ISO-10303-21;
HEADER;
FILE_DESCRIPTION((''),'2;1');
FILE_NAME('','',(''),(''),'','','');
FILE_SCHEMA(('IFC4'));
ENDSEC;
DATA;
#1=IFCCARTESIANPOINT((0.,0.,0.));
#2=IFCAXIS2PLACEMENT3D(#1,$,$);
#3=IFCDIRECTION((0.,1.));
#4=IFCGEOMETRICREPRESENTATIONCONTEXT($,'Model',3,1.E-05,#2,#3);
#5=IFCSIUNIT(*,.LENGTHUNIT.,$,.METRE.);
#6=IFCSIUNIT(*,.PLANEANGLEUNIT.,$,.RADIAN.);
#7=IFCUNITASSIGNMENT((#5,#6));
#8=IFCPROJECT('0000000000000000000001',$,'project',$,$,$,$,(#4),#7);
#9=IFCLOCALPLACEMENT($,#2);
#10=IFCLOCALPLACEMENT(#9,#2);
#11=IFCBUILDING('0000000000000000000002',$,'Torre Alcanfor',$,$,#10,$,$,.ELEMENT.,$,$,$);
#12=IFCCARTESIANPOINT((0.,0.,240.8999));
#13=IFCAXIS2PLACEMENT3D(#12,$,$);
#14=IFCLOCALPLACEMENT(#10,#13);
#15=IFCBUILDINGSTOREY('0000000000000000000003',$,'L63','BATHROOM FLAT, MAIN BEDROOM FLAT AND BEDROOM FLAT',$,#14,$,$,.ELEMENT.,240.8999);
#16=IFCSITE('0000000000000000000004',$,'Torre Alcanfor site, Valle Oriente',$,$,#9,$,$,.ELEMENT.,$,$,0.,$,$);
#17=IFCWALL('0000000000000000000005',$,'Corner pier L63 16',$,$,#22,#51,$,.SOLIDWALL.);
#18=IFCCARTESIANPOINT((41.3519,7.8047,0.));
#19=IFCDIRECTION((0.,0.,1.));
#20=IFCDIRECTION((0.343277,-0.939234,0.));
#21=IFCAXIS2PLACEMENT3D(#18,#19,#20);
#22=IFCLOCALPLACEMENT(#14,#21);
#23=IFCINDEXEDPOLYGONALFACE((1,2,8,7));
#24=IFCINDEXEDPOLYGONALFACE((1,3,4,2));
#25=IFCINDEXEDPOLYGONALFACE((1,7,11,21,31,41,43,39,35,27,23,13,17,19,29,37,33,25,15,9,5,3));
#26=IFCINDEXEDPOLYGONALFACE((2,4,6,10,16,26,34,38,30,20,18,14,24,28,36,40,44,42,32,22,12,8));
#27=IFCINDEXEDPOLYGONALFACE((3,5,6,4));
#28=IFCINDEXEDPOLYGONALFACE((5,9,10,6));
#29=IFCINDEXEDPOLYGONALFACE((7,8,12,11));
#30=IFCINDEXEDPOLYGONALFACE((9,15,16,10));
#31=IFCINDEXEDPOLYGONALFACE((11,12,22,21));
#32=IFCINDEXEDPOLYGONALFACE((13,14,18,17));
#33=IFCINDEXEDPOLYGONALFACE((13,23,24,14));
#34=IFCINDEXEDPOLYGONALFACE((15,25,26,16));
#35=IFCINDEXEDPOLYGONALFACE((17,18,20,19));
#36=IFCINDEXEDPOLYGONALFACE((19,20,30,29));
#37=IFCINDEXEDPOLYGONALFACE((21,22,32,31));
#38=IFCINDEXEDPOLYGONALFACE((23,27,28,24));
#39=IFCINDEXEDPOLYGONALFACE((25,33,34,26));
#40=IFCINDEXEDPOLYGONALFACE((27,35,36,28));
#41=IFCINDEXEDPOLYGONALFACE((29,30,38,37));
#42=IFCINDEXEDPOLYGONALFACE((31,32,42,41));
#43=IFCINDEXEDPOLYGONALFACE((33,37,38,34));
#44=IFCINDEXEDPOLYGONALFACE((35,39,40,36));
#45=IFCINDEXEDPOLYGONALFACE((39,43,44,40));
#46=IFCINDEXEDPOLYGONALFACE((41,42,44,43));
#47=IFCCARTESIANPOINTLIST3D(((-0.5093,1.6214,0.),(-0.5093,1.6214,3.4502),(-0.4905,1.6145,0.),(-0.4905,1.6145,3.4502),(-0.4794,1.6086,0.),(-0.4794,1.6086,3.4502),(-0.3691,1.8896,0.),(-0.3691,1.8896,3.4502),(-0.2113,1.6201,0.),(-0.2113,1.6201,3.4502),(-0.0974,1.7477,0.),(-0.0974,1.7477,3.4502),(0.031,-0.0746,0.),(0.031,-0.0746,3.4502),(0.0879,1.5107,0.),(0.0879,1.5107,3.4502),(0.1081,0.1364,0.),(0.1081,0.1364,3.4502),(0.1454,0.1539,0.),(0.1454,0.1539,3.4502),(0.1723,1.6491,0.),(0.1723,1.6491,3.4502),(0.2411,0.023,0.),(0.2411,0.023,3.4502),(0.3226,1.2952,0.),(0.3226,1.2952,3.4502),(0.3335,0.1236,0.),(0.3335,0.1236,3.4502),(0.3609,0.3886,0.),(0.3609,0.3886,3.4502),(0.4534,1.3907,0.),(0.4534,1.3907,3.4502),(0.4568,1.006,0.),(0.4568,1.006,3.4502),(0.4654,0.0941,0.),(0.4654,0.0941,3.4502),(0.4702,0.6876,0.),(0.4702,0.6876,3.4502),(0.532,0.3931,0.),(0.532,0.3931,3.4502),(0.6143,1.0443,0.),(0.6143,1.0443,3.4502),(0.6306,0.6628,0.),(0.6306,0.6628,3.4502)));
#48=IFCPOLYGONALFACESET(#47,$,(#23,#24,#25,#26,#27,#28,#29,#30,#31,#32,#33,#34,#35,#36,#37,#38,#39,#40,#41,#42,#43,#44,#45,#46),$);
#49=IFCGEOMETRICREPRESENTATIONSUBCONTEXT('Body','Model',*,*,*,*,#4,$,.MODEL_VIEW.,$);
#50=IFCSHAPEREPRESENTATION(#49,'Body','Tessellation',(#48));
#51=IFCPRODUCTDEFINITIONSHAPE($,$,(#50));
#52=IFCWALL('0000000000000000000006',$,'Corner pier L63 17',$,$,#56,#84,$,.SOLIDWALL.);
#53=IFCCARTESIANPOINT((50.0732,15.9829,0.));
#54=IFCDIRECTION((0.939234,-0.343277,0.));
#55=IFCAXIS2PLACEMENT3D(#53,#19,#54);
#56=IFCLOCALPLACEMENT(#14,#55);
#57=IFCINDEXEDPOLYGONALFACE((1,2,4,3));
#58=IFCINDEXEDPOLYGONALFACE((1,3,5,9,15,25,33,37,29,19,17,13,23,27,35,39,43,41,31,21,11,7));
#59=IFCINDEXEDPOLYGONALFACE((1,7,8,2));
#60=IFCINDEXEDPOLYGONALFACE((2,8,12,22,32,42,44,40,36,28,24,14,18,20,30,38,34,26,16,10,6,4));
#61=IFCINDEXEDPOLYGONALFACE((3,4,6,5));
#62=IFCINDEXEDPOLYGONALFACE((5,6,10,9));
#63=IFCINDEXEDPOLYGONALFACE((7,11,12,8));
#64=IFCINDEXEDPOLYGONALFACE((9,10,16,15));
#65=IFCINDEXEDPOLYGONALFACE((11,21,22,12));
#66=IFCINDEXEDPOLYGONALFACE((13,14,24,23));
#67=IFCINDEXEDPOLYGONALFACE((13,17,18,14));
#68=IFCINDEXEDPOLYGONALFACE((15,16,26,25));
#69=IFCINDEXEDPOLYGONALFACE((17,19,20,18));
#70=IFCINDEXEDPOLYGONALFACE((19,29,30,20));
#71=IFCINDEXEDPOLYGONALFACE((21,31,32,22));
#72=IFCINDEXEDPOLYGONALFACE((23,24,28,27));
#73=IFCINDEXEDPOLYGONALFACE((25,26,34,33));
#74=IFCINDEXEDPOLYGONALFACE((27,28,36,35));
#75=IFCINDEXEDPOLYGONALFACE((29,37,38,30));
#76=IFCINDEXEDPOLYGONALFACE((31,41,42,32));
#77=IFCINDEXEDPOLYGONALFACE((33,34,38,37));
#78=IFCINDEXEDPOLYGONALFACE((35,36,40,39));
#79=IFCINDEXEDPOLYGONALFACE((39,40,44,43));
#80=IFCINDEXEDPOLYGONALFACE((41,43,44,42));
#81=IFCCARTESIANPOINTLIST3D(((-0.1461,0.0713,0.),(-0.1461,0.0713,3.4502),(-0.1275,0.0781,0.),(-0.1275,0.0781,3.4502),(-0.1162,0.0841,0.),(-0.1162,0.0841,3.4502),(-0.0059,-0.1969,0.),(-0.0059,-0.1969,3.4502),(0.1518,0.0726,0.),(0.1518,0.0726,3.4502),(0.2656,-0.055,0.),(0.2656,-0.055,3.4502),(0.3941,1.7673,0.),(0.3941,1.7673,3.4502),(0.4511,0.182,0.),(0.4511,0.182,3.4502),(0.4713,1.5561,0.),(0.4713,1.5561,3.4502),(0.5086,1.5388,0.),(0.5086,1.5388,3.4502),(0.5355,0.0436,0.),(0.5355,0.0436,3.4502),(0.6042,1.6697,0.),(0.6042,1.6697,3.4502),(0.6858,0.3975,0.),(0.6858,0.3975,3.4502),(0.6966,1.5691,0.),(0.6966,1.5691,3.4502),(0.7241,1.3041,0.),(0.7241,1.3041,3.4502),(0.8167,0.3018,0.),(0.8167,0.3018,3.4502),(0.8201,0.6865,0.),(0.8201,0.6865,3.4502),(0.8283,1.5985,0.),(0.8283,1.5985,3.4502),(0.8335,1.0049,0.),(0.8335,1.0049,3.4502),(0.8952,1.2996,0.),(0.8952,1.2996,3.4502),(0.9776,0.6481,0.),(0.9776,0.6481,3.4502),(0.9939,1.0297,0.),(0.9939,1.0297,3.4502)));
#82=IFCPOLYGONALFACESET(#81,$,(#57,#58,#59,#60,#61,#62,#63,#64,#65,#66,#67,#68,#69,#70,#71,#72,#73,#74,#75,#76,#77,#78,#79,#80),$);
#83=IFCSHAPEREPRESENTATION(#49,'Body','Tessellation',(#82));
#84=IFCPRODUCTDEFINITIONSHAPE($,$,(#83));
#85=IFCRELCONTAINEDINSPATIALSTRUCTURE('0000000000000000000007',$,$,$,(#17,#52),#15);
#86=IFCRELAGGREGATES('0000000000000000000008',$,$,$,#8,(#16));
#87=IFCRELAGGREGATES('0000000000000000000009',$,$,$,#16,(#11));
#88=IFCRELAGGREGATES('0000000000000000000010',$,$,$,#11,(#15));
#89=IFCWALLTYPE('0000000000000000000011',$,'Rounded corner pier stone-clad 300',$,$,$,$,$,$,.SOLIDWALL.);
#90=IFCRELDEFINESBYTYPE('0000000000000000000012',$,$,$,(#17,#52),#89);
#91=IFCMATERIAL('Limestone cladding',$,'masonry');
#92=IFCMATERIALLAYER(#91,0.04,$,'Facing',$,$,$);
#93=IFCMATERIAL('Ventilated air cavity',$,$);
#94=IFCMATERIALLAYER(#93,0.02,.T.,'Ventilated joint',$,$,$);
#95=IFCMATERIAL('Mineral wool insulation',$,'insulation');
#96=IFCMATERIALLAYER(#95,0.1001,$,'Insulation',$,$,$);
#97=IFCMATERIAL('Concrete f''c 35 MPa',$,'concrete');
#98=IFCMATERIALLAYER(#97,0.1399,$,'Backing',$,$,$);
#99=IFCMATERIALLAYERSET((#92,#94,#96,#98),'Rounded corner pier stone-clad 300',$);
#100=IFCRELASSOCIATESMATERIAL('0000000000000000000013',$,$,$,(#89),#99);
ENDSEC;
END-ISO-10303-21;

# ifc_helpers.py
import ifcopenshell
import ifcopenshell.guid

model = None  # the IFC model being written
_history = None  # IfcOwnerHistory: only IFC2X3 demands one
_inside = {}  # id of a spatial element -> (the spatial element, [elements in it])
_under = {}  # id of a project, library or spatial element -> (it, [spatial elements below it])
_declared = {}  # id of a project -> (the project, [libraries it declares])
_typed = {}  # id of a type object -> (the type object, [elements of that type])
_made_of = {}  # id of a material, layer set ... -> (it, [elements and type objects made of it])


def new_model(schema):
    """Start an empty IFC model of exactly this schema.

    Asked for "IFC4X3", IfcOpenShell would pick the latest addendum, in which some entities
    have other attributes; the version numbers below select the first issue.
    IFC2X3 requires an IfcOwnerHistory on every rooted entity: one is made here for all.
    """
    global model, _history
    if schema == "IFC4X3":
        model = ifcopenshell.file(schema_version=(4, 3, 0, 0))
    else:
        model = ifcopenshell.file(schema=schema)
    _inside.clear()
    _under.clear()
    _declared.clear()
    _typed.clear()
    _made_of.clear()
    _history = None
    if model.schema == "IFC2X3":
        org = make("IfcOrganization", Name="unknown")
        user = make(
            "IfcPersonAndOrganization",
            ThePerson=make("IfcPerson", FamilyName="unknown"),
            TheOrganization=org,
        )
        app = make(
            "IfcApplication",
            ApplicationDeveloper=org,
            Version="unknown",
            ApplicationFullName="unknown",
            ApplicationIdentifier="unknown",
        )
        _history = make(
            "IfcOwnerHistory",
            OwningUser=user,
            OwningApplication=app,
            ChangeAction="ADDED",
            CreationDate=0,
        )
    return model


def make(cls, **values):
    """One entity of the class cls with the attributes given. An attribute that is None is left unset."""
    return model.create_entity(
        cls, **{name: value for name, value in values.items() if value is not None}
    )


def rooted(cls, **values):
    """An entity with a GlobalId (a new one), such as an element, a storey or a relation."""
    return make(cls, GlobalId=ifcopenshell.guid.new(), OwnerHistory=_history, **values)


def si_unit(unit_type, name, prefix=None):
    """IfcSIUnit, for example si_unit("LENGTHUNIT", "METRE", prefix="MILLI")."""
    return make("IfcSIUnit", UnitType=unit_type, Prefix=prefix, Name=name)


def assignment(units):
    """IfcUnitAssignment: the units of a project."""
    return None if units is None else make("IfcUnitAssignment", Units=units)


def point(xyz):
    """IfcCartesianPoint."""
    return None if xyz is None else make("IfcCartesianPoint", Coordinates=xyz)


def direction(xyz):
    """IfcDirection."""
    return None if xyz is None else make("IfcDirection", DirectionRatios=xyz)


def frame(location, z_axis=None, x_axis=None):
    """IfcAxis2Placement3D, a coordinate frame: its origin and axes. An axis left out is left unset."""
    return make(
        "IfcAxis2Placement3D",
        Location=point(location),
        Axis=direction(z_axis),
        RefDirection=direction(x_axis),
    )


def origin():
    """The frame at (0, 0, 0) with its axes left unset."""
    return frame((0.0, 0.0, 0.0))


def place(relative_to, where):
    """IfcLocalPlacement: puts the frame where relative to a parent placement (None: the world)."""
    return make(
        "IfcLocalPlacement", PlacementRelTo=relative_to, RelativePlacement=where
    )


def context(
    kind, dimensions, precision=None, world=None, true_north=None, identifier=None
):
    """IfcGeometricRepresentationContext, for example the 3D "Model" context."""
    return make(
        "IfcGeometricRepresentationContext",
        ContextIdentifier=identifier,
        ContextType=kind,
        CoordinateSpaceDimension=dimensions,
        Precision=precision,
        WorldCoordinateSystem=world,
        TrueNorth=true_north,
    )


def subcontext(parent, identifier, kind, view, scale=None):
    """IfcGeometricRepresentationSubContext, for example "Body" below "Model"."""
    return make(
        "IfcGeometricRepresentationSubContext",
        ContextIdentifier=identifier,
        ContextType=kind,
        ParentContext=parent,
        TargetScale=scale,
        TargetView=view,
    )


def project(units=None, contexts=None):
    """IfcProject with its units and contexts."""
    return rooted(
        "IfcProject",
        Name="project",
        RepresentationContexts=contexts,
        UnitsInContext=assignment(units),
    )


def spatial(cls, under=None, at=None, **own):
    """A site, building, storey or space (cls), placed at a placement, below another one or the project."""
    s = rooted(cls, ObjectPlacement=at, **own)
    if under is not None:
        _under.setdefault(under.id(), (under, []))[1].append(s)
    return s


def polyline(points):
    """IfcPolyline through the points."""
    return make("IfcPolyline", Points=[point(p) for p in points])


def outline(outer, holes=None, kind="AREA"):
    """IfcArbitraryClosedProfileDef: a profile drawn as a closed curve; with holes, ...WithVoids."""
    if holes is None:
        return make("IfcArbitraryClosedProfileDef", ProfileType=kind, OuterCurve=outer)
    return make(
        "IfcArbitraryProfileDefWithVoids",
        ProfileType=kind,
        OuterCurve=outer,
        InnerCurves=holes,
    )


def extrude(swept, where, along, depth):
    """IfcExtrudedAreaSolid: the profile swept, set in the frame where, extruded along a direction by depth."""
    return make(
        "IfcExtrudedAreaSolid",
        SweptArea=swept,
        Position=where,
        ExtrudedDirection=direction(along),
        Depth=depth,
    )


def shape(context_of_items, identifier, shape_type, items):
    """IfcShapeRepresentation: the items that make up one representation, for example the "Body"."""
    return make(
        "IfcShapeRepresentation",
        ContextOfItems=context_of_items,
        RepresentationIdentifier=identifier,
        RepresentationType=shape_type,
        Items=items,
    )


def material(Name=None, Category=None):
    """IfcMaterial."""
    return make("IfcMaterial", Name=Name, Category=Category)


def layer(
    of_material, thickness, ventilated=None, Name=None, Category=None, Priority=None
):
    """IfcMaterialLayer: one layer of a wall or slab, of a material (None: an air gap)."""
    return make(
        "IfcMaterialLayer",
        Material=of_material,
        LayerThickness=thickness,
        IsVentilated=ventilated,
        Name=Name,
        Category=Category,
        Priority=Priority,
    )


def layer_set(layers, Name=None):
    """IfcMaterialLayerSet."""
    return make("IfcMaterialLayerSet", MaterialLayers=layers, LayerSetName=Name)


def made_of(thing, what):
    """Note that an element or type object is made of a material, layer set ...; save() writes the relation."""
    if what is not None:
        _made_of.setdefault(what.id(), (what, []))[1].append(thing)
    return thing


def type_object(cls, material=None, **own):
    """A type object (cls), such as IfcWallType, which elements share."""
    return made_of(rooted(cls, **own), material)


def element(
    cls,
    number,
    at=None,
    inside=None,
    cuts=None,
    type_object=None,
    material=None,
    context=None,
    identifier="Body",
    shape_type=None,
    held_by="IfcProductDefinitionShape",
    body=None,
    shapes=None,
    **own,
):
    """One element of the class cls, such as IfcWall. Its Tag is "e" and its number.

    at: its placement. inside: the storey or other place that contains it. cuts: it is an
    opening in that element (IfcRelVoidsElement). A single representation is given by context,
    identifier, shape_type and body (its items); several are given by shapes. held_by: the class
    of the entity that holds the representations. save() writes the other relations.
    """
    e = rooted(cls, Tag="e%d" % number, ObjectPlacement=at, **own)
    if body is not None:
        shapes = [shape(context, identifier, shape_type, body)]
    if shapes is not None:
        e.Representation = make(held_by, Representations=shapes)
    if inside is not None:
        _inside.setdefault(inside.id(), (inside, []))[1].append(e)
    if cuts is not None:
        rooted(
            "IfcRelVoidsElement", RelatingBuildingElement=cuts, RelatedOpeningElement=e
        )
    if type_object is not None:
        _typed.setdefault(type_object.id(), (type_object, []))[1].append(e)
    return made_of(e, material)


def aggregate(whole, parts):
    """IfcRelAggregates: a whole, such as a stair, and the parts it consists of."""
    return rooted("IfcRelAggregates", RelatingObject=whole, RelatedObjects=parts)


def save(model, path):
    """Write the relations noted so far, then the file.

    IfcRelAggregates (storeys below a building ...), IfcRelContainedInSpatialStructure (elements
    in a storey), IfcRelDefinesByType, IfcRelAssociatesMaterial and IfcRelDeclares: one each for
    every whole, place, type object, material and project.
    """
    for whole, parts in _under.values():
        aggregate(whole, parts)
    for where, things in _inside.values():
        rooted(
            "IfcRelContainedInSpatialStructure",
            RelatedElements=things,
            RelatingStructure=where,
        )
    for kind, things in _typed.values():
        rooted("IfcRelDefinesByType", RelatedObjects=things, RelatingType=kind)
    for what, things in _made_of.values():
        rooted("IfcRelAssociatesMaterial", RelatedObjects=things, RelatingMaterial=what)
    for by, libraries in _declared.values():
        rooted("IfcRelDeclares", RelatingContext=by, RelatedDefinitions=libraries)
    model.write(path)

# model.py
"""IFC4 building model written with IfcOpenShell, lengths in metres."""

from ifc_helpers import new_model, si_unit, direction, frame, origin, place, context, subcontext, project, spatial, polyline, outline, extrude, material, layer, layer_set, type_object, element, save


model = new_model("IFC4")

# Units and contexts
model_context = context("Model", 3, precision=1e-05, world=origin(), true_north=direction((0.0, 1.0)))
body_context = subcontext(model_context, "Body", "Model", "MODEL_VIEW")
ifc_project = project(units=[si_unit("LENGTHUNIT", "METRE"), si_unit("PLANEANGLEUNIT", "RADIAN")], contexts=[model_context])

# Site, building, storey
site_placement = place(None, origin())
site = spatial("IfcSite", under=ifc_project, at=site_placement, Name="Torre Alcanfor site, Valle Oriente", CompositionType="ELEMENT", RefElevation=0.0)
building_placement = place(site_placement, origin())
building = spatial("IfcBuilding", under=site, at=building_placement, Name="Torre Alcanfor", CompositionType="ELEMENT")
storey_placement = place(building_placement, frame((0.0, 0.0, 240.8999)))
storey = spatial("IfcBuildingStorey", under=building, at=storey_placement, Name="L63", Description="BATHROOM FLAT, MAIN BEDROOM FLAT AND BEDROOM FLAT", CompositionType="ELEMENT", Elevation=240.8999)

# Shared definitions
ifc_material_1 = material(Name="Limestone cladding", Category="masonry")
ifc_material_2 = material(Name="Ventilated air cavity")
ifc_material_3 = material(Name="Mineral wool insulation", Category="insulation")
ifc_material_4 = material(Name="Concrete f'c 35 MPa", Category="concrete")

# Walls
ifc_layer_1 = layer(ifc_material_1, 0.04, Name="Facing")
ifc_layer_2 = layer(ifc_material_2, 0.02, ventilated=True, Name="Ventilated joint")
ifc_layer_3 = layer(ifc_material_3, 0.1001, Name="Insulation")
ifc_layer_4 = layer(ifc_material_4, 0.1399, Name="Backing")
ifc_layer_set_1 = layer_set([ifc_layer_1, ifc_layer_2, ifc_layer_3, ifc_layer_4], Name="Rounded corner pier stone-clad 300")
wall_type_1 = type_object("IfcWallType", Name="Rounded corner pier stone-clad 300", PredefinedType="SOLIDWALL", material=ifc_layer_set_1)
wall_1_placement = place(storey_placement, frame((41.3519, 7.8047, 0.0), z_axis=(0.0, 0.0, 1.0), x_axis=(0.343277, -0.939234, 0.0)))
element("IfcWall", 1, at=wall_1_placement, inside=storey, type_object=wall_type_1, Name="Corner pier L63 16", PredefinedType="SOLIDWALL", context=body_context, shape_type="SweptSolid", body=[
    extrude(outline(polyline([(-0.3691, 1.8896), (-0.5093, 1.6214), (-0.4905, 1.6145), (-0.4794, 1.6086), (-0.2113, 1.6201), (0.0879, 1.5107), (0.3226, 1.2952), (0.4568, 1.006), (0.4702, 0.6876), (0.3609, 0.3886), (0.1454, 0.1539), (0.1081, 0.1364), (0.031, -0.0746), (0.2411, 0.023), (0.3335, 0.1236), (0.4654, 0.0941), (0.532, 0.3931), (0.6306, 0.6628), (0.6143, 1.0443), (0.4534, 1.3907), (0.1723, 1.6491), (-0.0974, 1.7477), (-0.3691, 1.8896)])), origin(), (0.0, 0.0, 1.0), 3.4502),
])
wall_2_placement = place(storey_placement, frame((50.0732, 15.9829, 0.0), z_axis=(0.0, 0.0, 1.0), x_axis=(0.939234, -0.343277, 0.0)))
element("IfcWall", 2, at=wall_2_placement, inside=storey, type_object=wall_type_1, Name="Corner pier L63 17", PredefinedType="SOLIDWALL", context=body_context, shape_type="SweptSolid", body=[
    extrude(outline(polyline([(0.8283, 1.5985), (0.6966, 1.5691), (0.6042, 1.6697), (0.3941, 1.7673), (0.4713, 1.5561), (0.5086, 1.5388), (0.7241, 1.3041), (0.8335, 1.0049), (0.8201, 0.6865), (0.6858, 0.3975), (0.4511, 0.182), (0.1518, 0.0726), (-0.1162, 0.0841), (-0.1275, 0.0781), (-0.1461, 0.0713), (-0.0059, -0.1969), (0.2656, -0.055), (0.5355, 0.0436), (0.8167, 0.3018), (0.9776, 0.6481), (0.9939, 1.0297), (0.8952, 1.2996), (0.8283, 1.5985)])), origin(), (0.0, 0.0, 1.0), 3.4502),
])

save(model, "model.ifc")
